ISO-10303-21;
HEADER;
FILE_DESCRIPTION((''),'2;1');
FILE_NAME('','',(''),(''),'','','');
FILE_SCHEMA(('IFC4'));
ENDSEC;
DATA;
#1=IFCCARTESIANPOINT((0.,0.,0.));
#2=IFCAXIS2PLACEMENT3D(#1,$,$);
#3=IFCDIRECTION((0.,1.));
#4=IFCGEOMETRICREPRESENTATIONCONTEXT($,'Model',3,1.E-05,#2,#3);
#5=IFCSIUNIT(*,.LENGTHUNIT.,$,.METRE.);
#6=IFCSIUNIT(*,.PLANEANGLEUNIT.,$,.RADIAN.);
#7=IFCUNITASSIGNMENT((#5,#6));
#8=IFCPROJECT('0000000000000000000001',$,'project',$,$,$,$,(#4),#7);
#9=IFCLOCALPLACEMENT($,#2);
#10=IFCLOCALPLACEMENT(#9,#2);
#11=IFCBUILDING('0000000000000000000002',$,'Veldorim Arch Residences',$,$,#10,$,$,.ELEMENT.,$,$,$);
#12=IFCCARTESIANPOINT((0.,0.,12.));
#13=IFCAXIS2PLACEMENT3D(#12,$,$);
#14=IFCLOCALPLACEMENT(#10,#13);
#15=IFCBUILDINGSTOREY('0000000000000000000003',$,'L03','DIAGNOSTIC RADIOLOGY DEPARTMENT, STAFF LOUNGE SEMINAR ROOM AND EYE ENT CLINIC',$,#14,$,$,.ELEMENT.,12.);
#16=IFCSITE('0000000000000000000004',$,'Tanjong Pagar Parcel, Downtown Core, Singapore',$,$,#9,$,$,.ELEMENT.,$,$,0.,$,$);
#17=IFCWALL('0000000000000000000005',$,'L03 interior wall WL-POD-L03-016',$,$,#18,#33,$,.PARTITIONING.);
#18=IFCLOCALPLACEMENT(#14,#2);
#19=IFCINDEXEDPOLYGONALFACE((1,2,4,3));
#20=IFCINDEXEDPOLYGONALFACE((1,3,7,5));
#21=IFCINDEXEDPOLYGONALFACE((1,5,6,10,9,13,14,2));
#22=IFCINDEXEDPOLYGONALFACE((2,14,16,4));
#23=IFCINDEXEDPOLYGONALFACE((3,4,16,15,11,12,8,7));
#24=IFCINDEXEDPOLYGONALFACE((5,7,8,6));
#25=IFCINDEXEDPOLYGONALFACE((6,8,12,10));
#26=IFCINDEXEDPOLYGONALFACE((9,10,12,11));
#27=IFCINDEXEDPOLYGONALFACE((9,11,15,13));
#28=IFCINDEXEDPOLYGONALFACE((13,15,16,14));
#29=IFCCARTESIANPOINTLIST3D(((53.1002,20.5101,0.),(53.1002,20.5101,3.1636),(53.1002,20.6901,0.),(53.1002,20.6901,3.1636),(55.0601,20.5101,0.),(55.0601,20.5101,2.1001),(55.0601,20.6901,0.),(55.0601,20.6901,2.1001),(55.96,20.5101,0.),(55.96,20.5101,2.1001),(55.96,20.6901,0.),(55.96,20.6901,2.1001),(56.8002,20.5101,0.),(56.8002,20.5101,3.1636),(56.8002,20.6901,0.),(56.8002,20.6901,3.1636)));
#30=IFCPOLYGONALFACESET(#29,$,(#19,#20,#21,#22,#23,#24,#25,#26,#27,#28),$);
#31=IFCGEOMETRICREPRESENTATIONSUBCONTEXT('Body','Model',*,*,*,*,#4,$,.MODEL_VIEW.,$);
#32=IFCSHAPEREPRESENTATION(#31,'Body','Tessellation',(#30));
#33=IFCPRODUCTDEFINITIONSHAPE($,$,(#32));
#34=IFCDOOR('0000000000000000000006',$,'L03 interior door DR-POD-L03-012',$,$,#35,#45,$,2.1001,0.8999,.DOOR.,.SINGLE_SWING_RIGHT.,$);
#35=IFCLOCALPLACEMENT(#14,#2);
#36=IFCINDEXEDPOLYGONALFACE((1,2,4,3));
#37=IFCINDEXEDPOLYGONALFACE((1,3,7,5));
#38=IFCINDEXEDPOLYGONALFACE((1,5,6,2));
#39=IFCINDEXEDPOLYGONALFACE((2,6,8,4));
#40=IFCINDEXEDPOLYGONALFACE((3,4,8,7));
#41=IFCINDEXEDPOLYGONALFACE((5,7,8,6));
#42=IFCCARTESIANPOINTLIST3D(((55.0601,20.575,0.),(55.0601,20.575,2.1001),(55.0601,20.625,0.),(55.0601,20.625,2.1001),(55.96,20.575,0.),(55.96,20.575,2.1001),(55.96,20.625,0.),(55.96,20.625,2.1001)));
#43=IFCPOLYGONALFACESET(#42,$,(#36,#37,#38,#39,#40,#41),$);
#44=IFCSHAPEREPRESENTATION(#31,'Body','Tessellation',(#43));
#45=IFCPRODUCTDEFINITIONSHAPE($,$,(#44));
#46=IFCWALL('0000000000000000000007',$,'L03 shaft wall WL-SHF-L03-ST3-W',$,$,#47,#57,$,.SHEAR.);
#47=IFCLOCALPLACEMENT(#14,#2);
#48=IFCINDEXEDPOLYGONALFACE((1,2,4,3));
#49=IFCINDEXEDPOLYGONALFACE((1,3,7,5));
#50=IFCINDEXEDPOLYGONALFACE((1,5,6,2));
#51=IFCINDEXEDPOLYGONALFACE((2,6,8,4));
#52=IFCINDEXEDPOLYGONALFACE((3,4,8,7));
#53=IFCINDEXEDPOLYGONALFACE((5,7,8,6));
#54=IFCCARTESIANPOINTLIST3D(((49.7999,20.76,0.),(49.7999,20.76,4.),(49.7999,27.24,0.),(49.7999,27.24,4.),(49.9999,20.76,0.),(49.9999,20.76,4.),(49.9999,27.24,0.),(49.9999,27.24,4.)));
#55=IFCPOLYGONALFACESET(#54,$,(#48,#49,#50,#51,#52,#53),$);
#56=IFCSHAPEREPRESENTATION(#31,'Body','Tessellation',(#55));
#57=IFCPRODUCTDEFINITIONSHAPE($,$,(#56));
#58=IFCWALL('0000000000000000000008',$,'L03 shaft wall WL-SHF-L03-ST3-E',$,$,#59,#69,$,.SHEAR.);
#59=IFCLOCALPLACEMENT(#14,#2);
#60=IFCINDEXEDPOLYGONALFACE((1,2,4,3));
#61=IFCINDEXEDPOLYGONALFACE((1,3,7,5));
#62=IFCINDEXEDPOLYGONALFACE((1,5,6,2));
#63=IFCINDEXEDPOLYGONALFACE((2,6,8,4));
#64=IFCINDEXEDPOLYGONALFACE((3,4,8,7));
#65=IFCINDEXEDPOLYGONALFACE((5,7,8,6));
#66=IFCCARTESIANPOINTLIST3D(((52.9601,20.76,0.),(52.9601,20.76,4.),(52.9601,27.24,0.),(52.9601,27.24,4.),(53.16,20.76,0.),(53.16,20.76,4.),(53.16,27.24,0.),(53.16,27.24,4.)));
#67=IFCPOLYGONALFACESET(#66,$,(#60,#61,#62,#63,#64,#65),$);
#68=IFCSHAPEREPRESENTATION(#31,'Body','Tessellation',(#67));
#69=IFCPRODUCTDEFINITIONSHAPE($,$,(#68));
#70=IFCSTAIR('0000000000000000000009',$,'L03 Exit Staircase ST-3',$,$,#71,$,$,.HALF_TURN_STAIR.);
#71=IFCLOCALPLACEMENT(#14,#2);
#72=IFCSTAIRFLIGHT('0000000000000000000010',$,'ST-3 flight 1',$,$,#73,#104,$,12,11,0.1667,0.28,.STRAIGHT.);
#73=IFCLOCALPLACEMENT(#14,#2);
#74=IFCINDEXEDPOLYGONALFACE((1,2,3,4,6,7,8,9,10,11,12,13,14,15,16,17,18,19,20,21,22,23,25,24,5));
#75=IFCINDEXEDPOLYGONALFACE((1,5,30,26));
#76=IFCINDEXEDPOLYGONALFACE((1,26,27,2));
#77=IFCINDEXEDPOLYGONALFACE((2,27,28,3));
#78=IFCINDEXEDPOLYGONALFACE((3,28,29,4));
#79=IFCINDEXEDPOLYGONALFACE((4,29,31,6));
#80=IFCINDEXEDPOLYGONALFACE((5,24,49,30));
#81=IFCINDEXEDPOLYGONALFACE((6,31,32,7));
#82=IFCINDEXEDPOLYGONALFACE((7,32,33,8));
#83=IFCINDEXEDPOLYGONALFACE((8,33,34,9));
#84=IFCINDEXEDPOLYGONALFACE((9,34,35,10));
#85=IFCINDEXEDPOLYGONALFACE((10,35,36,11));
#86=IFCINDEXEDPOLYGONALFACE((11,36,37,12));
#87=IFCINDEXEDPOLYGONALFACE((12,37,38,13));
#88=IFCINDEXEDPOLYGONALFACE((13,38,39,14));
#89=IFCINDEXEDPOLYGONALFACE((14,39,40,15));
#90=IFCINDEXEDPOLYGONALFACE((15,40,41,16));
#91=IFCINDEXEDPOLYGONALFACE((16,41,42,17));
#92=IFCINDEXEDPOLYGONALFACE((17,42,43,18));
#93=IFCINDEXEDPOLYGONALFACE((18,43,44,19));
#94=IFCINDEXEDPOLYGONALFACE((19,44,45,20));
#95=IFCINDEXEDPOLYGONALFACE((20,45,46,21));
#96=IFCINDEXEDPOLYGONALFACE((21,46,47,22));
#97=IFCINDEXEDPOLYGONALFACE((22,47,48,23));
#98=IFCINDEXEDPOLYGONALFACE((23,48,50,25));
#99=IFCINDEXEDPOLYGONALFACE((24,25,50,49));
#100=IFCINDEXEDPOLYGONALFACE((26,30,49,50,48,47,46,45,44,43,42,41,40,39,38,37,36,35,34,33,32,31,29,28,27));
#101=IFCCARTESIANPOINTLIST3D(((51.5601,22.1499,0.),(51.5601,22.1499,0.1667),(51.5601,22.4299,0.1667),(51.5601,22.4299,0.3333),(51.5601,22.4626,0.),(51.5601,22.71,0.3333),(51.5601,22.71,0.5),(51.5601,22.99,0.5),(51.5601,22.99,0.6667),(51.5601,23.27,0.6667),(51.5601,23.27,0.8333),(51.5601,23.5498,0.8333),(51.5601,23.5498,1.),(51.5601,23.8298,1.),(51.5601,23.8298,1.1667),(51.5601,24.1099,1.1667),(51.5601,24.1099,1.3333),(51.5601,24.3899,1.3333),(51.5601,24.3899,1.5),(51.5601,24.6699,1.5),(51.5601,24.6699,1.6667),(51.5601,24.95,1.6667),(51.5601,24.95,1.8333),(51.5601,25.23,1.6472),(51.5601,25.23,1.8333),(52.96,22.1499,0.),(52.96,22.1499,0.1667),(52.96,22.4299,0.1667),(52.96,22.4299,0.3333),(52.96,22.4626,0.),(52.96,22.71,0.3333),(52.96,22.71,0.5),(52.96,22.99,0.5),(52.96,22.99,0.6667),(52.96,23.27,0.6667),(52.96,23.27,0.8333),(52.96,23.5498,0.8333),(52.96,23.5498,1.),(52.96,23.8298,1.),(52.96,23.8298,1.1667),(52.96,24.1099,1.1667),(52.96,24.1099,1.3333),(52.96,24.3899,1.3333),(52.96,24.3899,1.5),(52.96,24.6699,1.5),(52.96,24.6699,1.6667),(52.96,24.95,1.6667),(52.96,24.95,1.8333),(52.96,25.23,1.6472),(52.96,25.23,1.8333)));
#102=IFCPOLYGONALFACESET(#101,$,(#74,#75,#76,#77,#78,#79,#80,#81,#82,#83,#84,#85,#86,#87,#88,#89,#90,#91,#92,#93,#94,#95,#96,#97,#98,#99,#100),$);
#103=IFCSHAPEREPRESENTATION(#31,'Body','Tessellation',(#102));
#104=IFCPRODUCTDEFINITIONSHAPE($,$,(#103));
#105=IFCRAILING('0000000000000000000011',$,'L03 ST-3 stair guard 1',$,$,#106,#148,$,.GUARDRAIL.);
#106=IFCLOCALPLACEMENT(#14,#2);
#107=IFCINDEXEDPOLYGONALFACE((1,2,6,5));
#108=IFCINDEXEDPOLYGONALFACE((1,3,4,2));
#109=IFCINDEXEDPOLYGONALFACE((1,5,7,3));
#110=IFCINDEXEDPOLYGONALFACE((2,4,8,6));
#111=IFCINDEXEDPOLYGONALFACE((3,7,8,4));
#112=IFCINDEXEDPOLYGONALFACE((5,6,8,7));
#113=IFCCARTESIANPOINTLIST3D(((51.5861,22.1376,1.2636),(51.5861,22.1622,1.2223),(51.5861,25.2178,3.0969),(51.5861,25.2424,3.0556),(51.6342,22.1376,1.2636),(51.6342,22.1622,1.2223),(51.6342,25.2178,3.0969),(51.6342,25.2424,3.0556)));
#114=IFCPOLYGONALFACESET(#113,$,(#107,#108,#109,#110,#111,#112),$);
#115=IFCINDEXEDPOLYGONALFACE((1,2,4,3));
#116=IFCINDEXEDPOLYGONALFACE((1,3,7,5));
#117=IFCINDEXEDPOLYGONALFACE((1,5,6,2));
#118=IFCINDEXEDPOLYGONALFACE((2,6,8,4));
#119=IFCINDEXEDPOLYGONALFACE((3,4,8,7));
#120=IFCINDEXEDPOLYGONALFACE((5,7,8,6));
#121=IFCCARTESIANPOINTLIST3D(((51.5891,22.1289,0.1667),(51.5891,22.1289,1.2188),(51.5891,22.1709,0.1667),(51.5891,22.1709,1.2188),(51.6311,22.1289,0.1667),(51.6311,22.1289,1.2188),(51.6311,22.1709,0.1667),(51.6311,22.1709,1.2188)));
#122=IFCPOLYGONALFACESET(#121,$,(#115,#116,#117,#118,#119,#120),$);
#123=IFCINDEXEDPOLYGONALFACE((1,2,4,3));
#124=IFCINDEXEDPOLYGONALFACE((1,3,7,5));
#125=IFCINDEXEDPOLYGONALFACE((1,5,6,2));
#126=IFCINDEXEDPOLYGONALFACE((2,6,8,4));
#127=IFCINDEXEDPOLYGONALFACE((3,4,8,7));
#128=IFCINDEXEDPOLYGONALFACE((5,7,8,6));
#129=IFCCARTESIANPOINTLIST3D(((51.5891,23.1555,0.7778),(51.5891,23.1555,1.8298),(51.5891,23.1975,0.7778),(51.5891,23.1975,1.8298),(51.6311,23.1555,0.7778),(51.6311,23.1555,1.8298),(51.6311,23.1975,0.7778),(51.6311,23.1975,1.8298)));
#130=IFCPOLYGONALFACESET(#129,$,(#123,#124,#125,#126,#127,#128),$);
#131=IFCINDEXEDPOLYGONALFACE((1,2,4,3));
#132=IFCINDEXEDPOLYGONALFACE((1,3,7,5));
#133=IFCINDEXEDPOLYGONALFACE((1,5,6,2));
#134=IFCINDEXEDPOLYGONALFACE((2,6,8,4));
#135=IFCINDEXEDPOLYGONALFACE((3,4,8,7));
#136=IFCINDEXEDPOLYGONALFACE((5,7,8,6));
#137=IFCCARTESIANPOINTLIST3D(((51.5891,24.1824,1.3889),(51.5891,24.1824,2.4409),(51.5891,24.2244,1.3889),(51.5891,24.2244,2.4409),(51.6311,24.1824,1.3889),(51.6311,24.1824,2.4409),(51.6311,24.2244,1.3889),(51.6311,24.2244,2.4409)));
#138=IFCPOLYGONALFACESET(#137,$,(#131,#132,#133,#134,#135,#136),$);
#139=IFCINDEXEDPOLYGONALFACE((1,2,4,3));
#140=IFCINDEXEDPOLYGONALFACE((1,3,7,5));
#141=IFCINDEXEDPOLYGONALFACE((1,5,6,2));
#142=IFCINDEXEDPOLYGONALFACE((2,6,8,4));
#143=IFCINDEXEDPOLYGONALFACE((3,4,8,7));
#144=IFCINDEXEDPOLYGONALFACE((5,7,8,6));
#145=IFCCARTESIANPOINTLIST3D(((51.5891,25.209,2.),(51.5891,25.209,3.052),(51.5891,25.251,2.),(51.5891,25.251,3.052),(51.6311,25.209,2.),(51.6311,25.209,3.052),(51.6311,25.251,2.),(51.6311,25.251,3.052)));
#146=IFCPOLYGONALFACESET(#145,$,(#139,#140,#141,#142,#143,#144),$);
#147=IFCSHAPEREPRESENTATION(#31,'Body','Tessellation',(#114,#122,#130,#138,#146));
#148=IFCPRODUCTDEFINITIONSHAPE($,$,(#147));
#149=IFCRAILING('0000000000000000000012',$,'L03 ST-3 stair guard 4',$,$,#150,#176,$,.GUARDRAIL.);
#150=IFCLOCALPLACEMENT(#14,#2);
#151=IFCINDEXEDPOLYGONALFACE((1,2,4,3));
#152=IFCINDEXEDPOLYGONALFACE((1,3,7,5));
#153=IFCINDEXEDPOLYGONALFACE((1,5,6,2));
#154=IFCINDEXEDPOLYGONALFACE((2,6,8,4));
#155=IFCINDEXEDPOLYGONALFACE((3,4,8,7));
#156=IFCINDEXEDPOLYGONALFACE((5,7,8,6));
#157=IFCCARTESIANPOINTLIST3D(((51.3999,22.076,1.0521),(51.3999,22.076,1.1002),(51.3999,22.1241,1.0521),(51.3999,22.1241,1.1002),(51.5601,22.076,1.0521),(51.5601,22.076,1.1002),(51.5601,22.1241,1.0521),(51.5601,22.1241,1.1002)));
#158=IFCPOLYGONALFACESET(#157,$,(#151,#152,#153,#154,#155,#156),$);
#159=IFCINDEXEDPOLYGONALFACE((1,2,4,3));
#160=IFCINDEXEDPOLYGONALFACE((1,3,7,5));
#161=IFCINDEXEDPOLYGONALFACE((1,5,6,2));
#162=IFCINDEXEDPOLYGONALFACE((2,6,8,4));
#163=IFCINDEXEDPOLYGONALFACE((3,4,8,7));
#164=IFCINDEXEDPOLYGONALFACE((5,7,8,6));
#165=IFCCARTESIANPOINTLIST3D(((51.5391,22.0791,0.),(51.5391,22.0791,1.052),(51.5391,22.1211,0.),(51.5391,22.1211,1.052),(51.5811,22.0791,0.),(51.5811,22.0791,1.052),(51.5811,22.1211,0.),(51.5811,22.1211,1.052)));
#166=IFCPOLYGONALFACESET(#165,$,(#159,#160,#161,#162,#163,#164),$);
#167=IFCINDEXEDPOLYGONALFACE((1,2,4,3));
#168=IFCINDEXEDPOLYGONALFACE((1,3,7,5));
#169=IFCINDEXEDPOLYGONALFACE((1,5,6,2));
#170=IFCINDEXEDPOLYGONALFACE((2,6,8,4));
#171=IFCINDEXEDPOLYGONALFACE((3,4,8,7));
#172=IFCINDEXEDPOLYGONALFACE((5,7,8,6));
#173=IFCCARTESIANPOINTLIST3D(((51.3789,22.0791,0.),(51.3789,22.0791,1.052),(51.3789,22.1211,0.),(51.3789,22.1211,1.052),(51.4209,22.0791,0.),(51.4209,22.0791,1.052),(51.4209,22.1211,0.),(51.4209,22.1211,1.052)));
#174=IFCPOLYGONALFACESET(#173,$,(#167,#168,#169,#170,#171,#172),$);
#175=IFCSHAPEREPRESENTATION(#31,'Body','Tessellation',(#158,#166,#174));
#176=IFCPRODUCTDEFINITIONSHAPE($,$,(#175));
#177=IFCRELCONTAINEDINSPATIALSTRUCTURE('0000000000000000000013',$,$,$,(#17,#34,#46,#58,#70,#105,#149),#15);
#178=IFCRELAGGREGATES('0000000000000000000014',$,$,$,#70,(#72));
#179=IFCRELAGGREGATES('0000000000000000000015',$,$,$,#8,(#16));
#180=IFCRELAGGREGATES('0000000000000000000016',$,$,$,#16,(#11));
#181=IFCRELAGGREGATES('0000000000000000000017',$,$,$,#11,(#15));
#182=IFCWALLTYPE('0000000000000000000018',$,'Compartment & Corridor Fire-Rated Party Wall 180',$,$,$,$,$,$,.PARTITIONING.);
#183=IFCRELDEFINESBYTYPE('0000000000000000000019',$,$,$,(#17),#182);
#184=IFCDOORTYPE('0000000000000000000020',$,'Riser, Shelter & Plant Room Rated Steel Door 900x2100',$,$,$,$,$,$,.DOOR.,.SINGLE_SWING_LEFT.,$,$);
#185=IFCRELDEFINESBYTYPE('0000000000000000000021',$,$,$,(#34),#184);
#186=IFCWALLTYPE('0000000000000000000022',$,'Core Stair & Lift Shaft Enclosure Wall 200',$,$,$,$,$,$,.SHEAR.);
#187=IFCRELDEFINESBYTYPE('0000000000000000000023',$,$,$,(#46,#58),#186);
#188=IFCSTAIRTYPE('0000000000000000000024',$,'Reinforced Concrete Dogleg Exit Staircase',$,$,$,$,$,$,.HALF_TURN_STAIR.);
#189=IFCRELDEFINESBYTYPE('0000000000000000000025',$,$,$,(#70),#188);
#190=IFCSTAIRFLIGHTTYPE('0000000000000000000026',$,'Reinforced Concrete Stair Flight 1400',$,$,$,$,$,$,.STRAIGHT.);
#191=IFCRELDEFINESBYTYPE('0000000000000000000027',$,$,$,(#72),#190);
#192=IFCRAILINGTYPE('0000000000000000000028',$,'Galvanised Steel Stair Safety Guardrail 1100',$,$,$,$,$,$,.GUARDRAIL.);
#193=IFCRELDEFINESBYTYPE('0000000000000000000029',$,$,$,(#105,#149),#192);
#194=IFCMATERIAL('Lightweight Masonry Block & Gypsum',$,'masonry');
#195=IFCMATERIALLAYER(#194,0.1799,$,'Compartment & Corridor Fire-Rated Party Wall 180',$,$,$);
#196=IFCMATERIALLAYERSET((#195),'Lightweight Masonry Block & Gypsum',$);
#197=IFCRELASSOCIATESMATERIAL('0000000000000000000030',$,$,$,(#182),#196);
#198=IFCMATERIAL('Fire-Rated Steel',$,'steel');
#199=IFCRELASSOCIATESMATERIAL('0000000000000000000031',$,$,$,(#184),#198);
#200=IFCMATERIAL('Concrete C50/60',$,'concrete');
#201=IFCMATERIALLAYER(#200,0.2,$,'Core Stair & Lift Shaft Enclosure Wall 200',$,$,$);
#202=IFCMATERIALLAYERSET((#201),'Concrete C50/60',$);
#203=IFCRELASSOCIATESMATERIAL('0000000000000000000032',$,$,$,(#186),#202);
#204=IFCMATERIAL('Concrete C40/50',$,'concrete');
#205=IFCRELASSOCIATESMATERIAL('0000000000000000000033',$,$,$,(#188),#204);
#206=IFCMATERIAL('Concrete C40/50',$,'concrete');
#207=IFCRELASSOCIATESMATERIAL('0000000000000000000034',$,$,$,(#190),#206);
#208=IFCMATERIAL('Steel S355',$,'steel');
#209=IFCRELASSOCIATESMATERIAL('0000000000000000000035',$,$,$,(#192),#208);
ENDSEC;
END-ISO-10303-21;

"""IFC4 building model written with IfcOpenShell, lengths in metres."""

from ifc_helpers import new_model, si_unit, direction, frame, frame_2d, origin, origin_2d, place, context, subcontext, project, spatial, polyline, rectangle, outline, extrude, material, layer, layer_set, type_object, element, fill, aggregate, save


model = new_model("IFC4")

# Units and contexts
model_context = context("Model", 3, precision=1e-05, world=origin(), true_north=direction((0.0, 1.0)))
body_context = subcontext(model_context, "Body", "Model", "MODEL_VIEW")
ifc_project = project(units=[si_unit("LENGTHUNIT", "METRE"), si_unit("PLANEANGLEUNIT", "RADIAN")], contexts=[model_context])

# Site, building, storey
site_placement = place(None, origin())
site = spatial("IfcSite", under=ifc_project, at=site_placement, Name="Tanjong Pagar Parcel, Downtown Core, Singapore", CompositionType="ELEMENT", RefElevation=0.0)
building_placement = place(site_placement, origin())
building = spatial("IfcBuilding", under=site, at=building_placement, Name="Veldorim Arch Residences", CompositionType="ELEMENT")
storey_placement = place(building_placement, frame((0.0, 0.0, 12.0)))
storey = spatial("IfcBuildingStorey", under=building, at=storey_placement, Name="L03", Description="DIAGNOSTIC RADIOLOGY DEPARTMENT, STAFF LOUNGE SEMINAR ROOM AND EYE ENT CLINIC", CompositionType="ELEMENT", Elevation=12.0)

# Wall, opening, door
ifc_material_1 = material(Name="Lightweight Masonry Block & Gypsum", Category="masonry")
ifc_layer_1 = layer(ifc_material_1, 0.1799, Name="Compartment & Corridor Fire-Rated Party Wall 180")
ifc_layer_set_1 = layer_set([ifc_layer_1], Name="Lightweight Masonry Block & Gypsum")
wall_type_1 = type_object("IfcWallType", Name="Compartment & Corridor Fire-Rated Party Wall 180", PredefinedType="PARTITIONING", material=ifc_layer_set_1)
wall_1_placement = place(storey_placement, frame((53.1001, 20.6001, 0.0), z_axis=(0.0, 0.0, 1.0), x_axis=(1.0, 0.0, 0.0)))
wall_1 = element("IfcWall", 1, at=wall_1_placement, inside=storey, type_object=wall_type_1, Name="L03 interior wall WL-POD-L03-016", PredefinedType="PARTITIONING", context=body_context, shape_type="SweptSolid", body=[
    extrude(rectangle(XDim=3.7, YDim=0.1799, at=frame_2d((1.8501, 0.0))), origin(), (0.0, 0.0, 1.0), 3.1636),
])
opening_1_placement = place(wall_1_placement, frame((1.96, 0.0, 0.0)))
opening_1 = element("IfcOpeningElement", 2, at=opening_1_placement, cuts=wall_1, PredefinedType="OPENING", context=body_context, shape_type="SweptSolid", body=[
    extrude(rectangle(XDim=0.8999, YDim=2.1001, at=frame_2d((0.45, 1.05))), frame((0.0, 0.0999, 0.0), z_axis=(0.0, -1.0, 0.0), x_axis=(1.0, 0.0, 0.0)), (0.0, 0.0, 1.0), 0.2),
])
ifc_material_2 = material(Name="Fire-Rated Steel", Category="steel")
door_type_1 = type_object("IfcDoorType", Name="Riser, Shelter & Plant Room Rated Steel Door 900x2100", OperationType="SINGLE_SWING_LEFT", PredefinedType="DOOR", material=ifc_material_2)
door_1_placement = place(opening_1_placement, origin())
door_1 = element("IfcDoor", 3, at=door_1_placement, inside=storey, type_object=door_type_1, Name="L03 interior door DR-POD-L03-012", OperationType="SINGLE_SWING_RIGHT", OverallHeight=2.1001, OverallWidth=0.8999, PredefinedType="DOOR", context=body_context, shape_type="SweptSolid", body=[
    extrude(rectangle(XDim=0.8999, YDim=2.1001, at=frame_2d((0.45, 1.05))), frame((0.0, 0.0249, 0.0), z_axis=(0.0, -1.0, 0.0), x_axis=(1.0, 0.0, 0.0)), (0.0, 0.0, 1.0), 0.05),
])
fill(opening_1, door_1)

# Walls
ifc_material_3 = material(Name="Concrete C50/60", Category="concrete")
ifc_layer_2 = layer(ifc_material_3, 0.2, Name="Core Stair & Lift Shaft Enclosure Wall 200")
ifc_layer_set_2 = layer_set([ifc_layer_2], Name="Concrete C50/60")
wall_type_2 = type_object("IfcWallType", Name="Core Stair & Lift Shaft Enclosure Wall 200", PredefinedType="SHEAR", material=ifc_layer_set_2)
for number, where, z_axis, x_axis, name in (
    (4, (49.8999, 20.76, 0.0), (0.0, 0.0, 1.0), (0.0, 1.0, 0.0), "L03 shaft wall WL-SHF-L03-ST3-W"),
    (5, (53.0601, 20.76, 0.0), (0.0, 0.0, 1.0), (0.0, 1.0, 0.0), "L03 shaft wall WL-SHF-L03-ST3-E"),
):
    element("IfcWall", number, at=place(storey_placement, frame(where, z_axis=z_axis, x_axis=x_axis)), inside=storey, type_object=wall_type_2, Name=name, PredefinedType="SHEAR", context=body_context, shape_type="SweptSolid", body=[
        extrude(rectangle(XDim=6.48, YDim=0.2, at=frame_2d((3.24, 0.0))), origin(), (0.0, 0.0, 1.0), 4.0),
    ])

# Stair, stair flight
ifc_material_4 = material(Name="Concrete C40/50", Category="concrete")
stair_type = type_object("IfcStairType", Name="Reinforced Concrete Dogleg Exit Staircase", PredefinedType="HALF_TURN_STAIR", material=ifc_material_4)
stair_placement = place(storey_placement, origin())
stair = element("IfcStair", 6, at=stair_placement, inside=storey, type_object=stair_type, Name="L03 Exit Staircase ST-3", PredefinedType="HALF_TURN_STAIR")
ifc_material_5 = material(Name="Concrete C40/50", Category="concrete")
stair_flight_type = type_object("IfcStairFlightType", Name="Reinforced Concrete Stair Flight 1400", PredefinedType="STRAIGHT", material=ifc_material_5)
stair_flight_placement = place(storey_placement, frame((52.26, 22.1499, 0.0), z_axis=(0.0, 0.0, 1.0), x_axis=(0.0, 1.0, 0.0)))
stair_flight = element("IfcStairFlight", 7, at=stair_flight_placement, type_object=stair_flight_type, Name="ST-3 flight 1", NumberOfRisers=12, NumberOfTreads=11, PredefinedType="STRAIGHT", RiserHeight=0.1667, TreadLength=0.28, context=body_context, shape_type="SweptSolid", body=[
    extrude(outline(polyline([(0.0, 0.0), (0.0, 0.1667), (0.28, 0.1667), (0.28, 0.3333), (0.5601, 0.3333), (0.5601, 0.5), (0.8401, 0.5), (0.8401, 0.6667), (1.1201, 0.6667), (1.1201, 0.8333), (1.3999, 0.8333), (1.3999, 1.0), (1.6799, 1.0), (1.6799, 1.1667), (1.96, 1.1667), (1.96, 1.3333), (2.24, 1.3333), (2.24, 1.5), (2.52, 1.5), (2.52, 1.6667), (2.8, 1.6667), (2.8, 1.8333), (3.0801, 1.8333), (3.0801, 2.0), (3.0801, 1.6472), (0.3127, 0.0), (0.0, 0.0)])), frame((0.0, 0.7, 0.0), z_axis=(0.0, -1.0, 0.0), x_axis=(1.0, 0.0, 0.0)), (0.0, 0.0, 1.0), 1.3999),
])
aggregate(stair, [stair_flight])

# Railings
ifc_material_6 = material(Name="Steel S355", Category="steel")
railing_type_1 = type_object("IfcRailingType", Name="Galvanised Steel Stair Safety Guardrail 1100", PredefinedType="GUARDRAIL", material=ifc_material_6)
railing_1_placement = place(storey_placement, frame((51.6101, 22.1499, 0.1667)))
element("IfcRailing", 8, at=railing_1_placement, inside=storey, type_object=railing_type_1, Name="L03 ST-3 stair guard 1", PredefinedType="GUARDRAIL", context=body_context, shape_type="SweptSolid", body=[
    extrude(rectangle(XDim=0.0481, YDim=0.0481, at=origin_2d()), frame((0.0, 0.0, 1.0762), z_axis=(0.0, 0.859309, 0.511458), x_axis=(-1.0, 0.0, 0.0)), (0.0, 0.0, 1.0), 3.5845),
    extrude(rectangle(XDim=0.042, YDim=0.042, at=origin_2d()), origin(), (0.0, 0.0, 1.0), 1.052),
    extrude(rectangle(XDim=0.042, YDim=0.042, at=origin_2d()), frame((0.0, 1.0266, 0.6111)), (0.0, 0.0, 1.0), 1.052),
    extrude(rectangle(XDim=0.042, YDim=0.042, at=origin_2d()), frame((0.0, 2.0535, 1.2222)), (0.0, 0.0, 1.0), 1.052),
    extrude(rectangle(XDim=0.042, YDim=0.042, at=origin_2d()), frame((0.0, 3.0801, 1.8333)), (0.0, 0.0, 1.0), 1.052),
])
railing_2_placement = place(storey_placement, frame((51.5601, 22.1001, 0.0)))
element("IfcRailing", 9, at=railing_2_placement, inside=storey, type_object=railing_type_1, Name="L03 ST-3 stair guard 4", PredefinedType="GUARDRAIL", context=body_context, shape_type="SweptSolid", body=[
    extrude(rectangle(XDim=0.0481, YDim=0.0481, at=origin_2d()), frame((0.0, 0.0, 1.0762), z_axis=(-1.0, 0.0, 0.0), x_axis=(0.0, -1.0, 0.0)), (0.0, 0.0, 1.0), 0.1602),
    extrude(rectangle(XDim=0.042, YDim=0.042, at=origin_2d()), origin(), (0.0, 0.0, 1.0), 1.052),
    extrude(rectangle(XDim=0.042, YDim=0.042, at=origin_2d()), frame((-0.1602, 0.0, 0.0)), (0.0, 0.0, 1.0), 1.052),
])

save(model, "model.ifc")
